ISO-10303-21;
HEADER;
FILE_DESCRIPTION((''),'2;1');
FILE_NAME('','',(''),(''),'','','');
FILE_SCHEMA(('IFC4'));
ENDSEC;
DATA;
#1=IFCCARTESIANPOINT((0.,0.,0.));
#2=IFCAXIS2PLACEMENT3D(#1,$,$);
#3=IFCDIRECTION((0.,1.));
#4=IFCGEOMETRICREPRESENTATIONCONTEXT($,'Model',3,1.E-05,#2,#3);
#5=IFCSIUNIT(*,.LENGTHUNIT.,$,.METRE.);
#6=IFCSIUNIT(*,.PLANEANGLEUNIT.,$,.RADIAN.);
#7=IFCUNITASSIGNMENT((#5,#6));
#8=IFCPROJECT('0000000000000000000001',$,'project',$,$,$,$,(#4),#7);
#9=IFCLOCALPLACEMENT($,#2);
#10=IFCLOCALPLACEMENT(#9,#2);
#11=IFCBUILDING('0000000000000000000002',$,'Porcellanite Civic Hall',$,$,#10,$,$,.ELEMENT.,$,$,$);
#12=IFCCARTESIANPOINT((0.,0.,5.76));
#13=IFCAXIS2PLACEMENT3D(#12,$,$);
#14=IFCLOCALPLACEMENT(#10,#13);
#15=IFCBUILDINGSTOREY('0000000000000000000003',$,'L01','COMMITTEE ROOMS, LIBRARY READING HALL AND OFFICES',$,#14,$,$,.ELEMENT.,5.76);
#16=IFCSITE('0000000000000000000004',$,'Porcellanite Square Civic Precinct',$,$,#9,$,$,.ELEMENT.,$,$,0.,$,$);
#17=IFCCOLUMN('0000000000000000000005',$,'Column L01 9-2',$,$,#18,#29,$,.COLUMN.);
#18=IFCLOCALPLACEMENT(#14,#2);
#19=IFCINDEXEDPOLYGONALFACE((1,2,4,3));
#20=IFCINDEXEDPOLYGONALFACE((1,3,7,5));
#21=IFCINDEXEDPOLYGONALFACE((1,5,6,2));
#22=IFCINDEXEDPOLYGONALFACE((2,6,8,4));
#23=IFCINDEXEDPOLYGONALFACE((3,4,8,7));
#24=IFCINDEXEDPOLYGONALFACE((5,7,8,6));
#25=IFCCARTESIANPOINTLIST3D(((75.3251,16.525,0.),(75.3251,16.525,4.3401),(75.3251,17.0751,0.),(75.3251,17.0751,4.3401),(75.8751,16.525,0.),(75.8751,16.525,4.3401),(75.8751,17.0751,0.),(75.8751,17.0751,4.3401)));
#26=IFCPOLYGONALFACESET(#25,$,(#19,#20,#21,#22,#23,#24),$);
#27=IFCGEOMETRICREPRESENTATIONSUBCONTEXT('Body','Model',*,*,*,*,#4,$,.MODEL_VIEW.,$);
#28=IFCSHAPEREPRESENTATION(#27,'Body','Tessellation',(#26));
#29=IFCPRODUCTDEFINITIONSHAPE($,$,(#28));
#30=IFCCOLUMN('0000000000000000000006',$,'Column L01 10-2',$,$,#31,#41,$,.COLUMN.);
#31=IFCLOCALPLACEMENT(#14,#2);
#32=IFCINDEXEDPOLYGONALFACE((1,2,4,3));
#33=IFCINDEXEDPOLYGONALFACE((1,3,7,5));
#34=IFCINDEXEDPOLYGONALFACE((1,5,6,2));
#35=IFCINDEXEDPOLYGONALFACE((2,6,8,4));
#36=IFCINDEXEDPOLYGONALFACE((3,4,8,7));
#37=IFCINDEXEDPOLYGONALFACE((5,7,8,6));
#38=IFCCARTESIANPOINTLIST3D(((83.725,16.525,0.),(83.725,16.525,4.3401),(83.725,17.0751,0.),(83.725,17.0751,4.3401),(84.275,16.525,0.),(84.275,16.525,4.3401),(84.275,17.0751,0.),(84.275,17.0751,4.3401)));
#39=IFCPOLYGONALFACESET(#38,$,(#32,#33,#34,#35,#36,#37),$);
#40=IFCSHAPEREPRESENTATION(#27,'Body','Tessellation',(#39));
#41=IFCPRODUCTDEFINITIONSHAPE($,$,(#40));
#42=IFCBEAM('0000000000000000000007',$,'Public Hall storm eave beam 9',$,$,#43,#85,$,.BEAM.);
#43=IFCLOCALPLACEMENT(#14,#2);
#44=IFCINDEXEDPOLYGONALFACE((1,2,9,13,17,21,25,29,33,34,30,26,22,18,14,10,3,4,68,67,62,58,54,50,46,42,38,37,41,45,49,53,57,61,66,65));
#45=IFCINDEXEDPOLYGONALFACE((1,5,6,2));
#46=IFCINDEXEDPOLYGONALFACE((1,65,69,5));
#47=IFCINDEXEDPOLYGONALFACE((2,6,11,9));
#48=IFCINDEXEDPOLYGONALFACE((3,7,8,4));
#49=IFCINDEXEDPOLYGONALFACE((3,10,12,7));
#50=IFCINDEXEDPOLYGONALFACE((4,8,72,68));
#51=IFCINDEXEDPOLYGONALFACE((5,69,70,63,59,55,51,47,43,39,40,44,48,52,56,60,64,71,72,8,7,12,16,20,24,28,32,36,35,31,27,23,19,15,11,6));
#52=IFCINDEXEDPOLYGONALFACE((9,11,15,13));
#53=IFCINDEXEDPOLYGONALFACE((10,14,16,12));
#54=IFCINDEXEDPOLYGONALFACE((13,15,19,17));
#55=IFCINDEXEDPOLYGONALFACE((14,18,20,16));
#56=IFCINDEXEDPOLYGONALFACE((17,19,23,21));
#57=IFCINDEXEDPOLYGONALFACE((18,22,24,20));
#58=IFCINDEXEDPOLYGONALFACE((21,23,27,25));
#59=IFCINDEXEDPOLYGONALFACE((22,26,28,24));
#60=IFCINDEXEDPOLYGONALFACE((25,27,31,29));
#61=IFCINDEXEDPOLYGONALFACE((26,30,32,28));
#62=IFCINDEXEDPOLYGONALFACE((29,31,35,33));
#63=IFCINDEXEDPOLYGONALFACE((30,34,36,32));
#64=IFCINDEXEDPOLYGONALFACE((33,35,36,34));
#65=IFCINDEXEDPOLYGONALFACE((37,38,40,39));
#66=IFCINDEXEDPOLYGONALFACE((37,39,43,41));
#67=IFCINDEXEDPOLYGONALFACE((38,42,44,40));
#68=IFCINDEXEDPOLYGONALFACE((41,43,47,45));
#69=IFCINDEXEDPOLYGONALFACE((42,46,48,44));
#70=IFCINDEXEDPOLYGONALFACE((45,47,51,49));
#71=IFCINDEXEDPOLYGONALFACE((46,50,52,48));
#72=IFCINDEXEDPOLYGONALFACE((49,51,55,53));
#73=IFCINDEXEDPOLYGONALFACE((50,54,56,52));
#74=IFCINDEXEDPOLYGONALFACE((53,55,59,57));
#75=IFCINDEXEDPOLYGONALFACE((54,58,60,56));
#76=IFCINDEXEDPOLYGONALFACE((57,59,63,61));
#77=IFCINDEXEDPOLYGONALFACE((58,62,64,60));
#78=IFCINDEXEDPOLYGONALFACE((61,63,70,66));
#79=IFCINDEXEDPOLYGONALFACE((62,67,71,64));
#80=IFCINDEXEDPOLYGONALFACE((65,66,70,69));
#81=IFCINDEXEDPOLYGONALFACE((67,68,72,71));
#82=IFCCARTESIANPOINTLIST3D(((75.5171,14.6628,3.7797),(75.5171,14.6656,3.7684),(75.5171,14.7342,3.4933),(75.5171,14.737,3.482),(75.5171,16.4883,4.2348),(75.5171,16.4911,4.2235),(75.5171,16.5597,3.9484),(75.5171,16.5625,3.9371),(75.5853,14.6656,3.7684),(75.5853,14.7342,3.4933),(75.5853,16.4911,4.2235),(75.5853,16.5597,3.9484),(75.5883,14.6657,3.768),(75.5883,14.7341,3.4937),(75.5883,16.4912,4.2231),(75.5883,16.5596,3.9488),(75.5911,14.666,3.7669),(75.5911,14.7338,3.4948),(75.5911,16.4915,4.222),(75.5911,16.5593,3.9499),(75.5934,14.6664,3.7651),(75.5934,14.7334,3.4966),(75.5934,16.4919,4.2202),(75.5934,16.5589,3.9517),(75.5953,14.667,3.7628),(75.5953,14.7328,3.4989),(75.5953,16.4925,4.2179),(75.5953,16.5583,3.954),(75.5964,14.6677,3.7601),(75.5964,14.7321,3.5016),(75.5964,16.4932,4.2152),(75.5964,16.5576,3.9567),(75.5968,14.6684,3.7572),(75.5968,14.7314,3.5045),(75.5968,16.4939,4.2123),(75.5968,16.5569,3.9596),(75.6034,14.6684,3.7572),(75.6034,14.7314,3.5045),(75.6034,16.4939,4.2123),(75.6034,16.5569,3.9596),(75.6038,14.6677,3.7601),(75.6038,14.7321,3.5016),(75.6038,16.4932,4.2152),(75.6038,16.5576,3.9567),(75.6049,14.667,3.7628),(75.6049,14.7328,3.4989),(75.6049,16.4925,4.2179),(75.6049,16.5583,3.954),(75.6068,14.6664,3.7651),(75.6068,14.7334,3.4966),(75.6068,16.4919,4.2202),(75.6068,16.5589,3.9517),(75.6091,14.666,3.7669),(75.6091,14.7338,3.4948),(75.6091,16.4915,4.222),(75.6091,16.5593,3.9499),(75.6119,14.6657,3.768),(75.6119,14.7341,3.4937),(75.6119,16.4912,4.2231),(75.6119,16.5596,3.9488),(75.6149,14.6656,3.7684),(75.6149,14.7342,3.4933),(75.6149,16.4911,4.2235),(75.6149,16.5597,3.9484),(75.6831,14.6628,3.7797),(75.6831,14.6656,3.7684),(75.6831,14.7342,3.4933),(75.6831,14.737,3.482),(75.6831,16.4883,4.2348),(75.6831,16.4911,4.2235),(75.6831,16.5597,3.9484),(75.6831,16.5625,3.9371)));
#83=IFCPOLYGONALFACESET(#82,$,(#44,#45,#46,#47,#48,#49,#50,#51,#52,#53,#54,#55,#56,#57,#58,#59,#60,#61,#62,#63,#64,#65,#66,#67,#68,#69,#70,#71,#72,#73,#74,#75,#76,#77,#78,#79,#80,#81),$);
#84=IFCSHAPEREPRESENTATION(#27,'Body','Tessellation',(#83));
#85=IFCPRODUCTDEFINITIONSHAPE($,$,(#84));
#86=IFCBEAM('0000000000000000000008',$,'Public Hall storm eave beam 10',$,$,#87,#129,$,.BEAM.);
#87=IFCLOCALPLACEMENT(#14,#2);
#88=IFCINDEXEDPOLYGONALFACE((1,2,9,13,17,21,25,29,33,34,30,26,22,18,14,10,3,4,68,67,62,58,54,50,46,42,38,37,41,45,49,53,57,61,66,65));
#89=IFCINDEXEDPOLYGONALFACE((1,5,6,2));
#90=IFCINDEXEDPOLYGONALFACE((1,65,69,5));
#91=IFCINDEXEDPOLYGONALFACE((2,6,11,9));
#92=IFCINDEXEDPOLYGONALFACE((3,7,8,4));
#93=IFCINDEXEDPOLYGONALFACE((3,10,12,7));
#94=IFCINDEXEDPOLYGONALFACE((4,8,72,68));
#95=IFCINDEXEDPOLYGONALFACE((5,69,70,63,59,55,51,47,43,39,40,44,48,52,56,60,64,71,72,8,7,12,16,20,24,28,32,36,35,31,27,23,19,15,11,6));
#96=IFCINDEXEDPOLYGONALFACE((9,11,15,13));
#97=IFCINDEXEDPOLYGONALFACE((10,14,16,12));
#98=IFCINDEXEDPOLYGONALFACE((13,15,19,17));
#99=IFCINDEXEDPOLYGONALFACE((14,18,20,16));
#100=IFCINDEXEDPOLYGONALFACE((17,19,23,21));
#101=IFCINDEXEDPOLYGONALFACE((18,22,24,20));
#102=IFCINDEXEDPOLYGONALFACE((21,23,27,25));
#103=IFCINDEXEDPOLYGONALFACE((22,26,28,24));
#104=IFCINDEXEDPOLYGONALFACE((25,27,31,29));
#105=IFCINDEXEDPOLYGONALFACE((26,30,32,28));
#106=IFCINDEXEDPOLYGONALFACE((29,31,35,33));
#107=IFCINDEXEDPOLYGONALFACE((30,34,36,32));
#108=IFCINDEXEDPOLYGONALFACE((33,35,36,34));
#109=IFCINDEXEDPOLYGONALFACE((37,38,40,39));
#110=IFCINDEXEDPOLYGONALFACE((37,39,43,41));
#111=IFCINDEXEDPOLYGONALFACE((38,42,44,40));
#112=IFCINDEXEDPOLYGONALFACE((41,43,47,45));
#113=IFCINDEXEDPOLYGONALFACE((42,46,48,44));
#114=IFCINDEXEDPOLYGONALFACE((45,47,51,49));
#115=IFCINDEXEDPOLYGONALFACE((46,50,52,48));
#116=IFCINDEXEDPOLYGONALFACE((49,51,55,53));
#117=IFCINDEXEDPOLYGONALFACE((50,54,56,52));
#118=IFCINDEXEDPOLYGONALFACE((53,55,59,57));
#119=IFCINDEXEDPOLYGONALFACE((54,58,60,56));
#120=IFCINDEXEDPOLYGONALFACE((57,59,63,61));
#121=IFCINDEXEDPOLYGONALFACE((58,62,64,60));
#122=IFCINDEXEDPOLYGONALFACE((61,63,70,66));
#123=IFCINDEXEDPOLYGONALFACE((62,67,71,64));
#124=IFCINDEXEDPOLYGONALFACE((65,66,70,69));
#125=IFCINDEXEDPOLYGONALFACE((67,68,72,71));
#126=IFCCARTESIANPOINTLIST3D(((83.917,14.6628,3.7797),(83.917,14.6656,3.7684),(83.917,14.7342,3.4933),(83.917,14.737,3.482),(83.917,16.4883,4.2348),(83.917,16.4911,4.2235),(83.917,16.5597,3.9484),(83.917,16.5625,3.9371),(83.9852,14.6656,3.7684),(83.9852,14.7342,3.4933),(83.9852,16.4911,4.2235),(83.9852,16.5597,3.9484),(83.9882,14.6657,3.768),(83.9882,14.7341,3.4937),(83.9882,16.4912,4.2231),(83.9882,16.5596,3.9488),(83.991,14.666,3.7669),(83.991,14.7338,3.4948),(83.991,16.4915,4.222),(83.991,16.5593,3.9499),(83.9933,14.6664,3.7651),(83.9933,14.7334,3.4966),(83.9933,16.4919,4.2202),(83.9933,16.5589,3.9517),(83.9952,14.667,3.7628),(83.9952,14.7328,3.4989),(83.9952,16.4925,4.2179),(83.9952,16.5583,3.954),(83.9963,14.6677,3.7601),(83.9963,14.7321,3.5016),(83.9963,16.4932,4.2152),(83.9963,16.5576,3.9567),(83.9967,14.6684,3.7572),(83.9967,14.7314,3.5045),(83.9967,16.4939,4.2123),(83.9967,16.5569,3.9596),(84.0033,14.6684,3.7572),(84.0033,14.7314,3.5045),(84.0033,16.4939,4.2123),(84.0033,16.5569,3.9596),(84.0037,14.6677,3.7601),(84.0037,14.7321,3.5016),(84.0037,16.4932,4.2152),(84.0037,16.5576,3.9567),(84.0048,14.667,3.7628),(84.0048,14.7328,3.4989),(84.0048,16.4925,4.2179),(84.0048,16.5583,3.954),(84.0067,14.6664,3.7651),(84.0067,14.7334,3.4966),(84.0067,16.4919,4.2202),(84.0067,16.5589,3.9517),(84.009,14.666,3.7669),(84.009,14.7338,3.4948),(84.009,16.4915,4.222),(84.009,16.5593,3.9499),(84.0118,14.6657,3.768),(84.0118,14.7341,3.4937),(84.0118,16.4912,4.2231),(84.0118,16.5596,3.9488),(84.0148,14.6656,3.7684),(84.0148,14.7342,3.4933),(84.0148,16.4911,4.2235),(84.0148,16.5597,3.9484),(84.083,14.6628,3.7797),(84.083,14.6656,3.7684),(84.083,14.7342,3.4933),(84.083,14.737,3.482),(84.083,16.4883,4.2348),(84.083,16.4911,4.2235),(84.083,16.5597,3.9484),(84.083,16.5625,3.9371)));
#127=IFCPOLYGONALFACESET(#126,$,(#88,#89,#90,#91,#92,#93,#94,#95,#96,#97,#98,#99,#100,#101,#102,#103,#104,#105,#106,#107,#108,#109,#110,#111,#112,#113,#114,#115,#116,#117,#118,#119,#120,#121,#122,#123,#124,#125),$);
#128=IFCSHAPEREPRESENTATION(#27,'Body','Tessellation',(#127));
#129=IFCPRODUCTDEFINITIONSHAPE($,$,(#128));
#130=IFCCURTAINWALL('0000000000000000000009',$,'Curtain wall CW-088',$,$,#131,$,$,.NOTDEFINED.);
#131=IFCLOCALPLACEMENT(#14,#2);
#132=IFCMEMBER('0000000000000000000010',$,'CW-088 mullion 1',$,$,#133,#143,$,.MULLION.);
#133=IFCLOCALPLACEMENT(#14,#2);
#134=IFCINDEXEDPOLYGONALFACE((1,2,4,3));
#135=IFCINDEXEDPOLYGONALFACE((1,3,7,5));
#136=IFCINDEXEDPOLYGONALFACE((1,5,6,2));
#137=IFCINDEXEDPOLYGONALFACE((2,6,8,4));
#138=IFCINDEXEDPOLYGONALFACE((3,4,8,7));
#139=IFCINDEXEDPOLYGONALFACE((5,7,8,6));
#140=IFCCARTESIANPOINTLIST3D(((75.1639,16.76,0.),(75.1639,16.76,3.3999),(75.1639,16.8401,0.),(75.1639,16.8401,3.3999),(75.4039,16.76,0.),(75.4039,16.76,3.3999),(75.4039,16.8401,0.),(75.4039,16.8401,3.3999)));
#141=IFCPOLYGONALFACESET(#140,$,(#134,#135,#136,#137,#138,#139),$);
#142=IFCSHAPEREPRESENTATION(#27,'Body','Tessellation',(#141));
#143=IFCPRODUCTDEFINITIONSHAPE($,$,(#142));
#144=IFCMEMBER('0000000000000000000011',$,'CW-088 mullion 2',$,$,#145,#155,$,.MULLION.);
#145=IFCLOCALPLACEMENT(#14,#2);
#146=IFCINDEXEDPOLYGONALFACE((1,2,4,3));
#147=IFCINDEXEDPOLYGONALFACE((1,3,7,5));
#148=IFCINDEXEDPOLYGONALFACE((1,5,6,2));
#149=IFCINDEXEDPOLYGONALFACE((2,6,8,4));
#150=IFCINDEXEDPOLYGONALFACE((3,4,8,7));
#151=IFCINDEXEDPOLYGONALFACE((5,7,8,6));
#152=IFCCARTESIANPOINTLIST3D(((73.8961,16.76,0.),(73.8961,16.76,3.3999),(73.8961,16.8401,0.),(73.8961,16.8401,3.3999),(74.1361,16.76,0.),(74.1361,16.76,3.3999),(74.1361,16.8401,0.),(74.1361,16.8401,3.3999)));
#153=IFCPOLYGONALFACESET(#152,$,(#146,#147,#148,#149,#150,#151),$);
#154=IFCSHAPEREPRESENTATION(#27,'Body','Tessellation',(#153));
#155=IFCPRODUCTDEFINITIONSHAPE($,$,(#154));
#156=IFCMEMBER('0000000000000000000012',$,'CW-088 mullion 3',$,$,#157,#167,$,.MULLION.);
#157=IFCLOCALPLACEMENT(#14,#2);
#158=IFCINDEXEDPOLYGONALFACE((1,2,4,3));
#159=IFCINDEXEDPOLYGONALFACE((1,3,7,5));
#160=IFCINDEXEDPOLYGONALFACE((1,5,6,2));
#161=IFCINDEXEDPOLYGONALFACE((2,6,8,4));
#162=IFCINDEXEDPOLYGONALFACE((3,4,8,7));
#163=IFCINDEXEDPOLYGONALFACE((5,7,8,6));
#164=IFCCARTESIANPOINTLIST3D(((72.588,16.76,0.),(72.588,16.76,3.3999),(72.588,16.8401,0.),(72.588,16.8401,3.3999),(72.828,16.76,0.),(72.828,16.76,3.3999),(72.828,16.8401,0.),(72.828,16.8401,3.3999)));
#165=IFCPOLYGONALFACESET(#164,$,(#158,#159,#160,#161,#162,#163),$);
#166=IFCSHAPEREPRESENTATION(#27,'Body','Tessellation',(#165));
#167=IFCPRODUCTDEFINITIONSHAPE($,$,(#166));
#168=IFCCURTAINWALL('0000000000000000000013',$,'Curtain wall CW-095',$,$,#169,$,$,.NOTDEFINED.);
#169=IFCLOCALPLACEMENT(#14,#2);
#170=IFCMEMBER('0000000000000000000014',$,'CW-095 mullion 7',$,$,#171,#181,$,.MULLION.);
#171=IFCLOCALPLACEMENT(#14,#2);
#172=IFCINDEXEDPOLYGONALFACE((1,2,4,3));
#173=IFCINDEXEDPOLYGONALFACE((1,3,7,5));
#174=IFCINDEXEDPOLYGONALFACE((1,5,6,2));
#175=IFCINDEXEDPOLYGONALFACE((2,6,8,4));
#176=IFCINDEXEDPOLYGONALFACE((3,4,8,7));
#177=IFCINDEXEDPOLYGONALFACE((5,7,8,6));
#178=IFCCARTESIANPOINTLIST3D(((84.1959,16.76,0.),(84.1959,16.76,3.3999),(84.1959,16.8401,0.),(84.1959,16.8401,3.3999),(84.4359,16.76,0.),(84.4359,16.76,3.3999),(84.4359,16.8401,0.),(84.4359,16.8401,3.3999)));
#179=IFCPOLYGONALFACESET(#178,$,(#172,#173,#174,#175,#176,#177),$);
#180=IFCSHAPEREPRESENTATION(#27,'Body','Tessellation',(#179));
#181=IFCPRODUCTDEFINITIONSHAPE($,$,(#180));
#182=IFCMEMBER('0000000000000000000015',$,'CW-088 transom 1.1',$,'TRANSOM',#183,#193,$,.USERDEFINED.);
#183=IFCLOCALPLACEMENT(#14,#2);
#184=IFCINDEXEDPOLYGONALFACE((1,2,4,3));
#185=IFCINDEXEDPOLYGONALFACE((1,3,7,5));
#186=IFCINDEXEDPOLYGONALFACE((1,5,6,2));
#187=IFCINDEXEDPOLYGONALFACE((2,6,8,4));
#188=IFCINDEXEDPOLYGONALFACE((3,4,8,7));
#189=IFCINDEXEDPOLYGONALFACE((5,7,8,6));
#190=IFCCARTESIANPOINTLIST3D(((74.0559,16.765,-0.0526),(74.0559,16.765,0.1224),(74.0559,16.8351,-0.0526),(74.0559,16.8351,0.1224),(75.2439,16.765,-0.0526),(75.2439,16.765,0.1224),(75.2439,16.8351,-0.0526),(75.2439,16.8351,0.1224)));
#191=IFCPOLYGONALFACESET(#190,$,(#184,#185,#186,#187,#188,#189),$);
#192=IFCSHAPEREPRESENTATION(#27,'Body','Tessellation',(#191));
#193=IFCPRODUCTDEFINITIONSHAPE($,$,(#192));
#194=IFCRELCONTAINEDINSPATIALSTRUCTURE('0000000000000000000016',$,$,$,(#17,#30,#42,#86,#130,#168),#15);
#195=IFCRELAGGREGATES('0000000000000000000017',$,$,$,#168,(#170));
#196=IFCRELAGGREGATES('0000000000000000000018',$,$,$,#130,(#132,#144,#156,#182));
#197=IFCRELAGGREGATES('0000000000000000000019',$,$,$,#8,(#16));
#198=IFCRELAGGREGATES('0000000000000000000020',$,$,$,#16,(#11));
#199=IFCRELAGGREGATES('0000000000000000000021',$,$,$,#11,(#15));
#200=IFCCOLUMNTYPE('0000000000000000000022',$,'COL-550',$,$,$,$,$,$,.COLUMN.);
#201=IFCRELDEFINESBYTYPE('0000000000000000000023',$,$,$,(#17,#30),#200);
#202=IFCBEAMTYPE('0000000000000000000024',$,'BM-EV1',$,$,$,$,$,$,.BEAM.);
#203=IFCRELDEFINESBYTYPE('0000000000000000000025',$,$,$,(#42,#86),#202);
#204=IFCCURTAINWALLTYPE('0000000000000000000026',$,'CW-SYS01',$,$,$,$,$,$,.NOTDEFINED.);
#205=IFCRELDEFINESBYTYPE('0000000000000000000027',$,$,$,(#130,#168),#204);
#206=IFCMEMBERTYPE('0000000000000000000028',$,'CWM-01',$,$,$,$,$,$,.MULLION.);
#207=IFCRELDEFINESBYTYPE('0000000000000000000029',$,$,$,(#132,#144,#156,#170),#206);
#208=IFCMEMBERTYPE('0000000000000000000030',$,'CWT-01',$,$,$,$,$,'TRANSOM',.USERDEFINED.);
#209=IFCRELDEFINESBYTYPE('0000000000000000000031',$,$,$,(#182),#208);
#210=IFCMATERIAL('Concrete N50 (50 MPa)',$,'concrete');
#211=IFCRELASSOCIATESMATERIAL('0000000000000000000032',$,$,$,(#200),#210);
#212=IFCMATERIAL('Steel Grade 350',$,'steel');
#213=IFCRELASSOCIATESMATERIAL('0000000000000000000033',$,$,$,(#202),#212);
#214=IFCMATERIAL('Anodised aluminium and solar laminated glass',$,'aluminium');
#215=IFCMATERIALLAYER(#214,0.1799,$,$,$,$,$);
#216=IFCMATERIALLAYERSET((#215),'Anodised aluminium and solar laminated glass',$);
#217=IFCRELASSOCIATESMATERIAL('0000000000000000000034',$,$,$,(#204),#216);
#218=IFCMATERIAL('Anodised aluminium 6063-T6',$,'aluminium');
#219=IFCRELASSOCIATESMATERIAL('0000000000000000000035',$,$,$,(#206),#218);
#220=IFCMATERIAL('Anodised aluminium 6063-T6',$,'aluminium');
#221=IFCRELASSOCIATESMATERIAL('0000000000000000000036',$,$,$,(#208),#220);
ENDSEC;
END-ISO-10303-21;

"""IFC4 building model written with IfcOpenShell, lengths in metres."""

from ifc_helpers import new_model, si_unit, direction, frame, origin, origin_2d, place, context, subcontext, project, spatial, rectangle, i_section, extrude, material, layer, layer_set, material_profile, profile_set, type_object, element, aggregate, save


model = new_model("IFC4")

# Units and contexts
model_context = context("Model", 3, precision=1e-05, world=origin(), true_north=direction((0.0, 1.0)))
body_context = subcontext(model_context, "Body", "Model", "MODEL_VIEW")
ifc_project = project(units=[si_unit("LENGTHUNIT", "METRE"), si_unit("PLANEANGLEUNIT", "RADIAN")], contexts=[model_context])

# Site, building, storey
site_placement = place(None, origin())
site = spatial("IfcSite", under=ifc_project, at=site_placement, Name="Porcellanite Square Civic Precinct", CompositionType="ELEMENT", RefElevation=0.0)
building_placement = place(site_placement, origin())
building = spatial("IfcBuilding", under=site, at=building_placement, Name="Porcellanite Civic Hall", CompositionType="ELEMENT")
storey_placement = place(building_placement, frame((0.0, 0.0, 5.76)))
storey = spatial("IfcBuildingStorey", under=building, at=storey_placement, Name="L01", Description="COMMITTEE ROOMS, LIBRARY READING HALL AND OFFICES", CompositionType="ELEMENT", Elevation=5.76)

# Columns
ifc_material_1 = material(Name="Concrete N50 (50 MPa)", Category="concrete")
ifc_material_profile_1 = material_profile(ifc_material_1, rectangle(XDim=0.55, YDim=0.55, at=origin_2d()), Name="RC-550x550")
ifc_profile_set_1 = profile_set([ifc_material_profile_1], Name="Concrete N50 (50 MPa)")
column_type = type_object("IfcColumnType", Name="COL-550", PredefinedType="COLUMN", material=ifc_profile_set_1)
for number, where, z_axis, x_axis, name in (
    (1, (75.6001, 16.8, 0.0), (0.0, 0.0, 1.0), (1.0, 0.0, 0.0), "Column L01 9-2"),
    (2, (84.0, 16.8, 0.0), (0.0, 0.0, 1.0), (1.0, 0.0, 0.0), "Column L01 10-2"),
):
    element("IfcColumn", number, at=place(storey_placement, frame(where, z_axis=z_axis, x_axis=x_axis)), inside=storey, type_object=column_type, Name=name, PredefinedType="COLUMN", context=body_context, shape_type="SweptSolid", body=[
        extrude(rectangle(XDim=0.55, YDim=0.55, at=origin_2d()), origin(), (0.0, 0.0, 1.0), 4.3401),
    ])

# Beams
ifc_material_2 = material(Name="Steel Grade 350", Category="steel")
ifc_material_profile_2 = material_profile(ifc_material_2, i_section(OverallWidth=0.166, OverallDepth=0.3069, WebThickness=0.0066, FlangeThickness=0.0117, FilletRadius=0.0115, at=origin_2d()), Name="310UB46.2")
ifc_profile_set_2 = profile_set([ifc_material_profile_2], Name="Steel Grade 350")
beam_type_1 = type_object("IfcBeamType", Name="BM-EV1", PredefinedType="BEAM", material=ifc_profile_set_2)
for number, where, z_axis, x_axis, name in (
    (3, (75.6001, 16.5254, 4.0859), (0.0, -0.970303, -0.241894), (1.0, 0.0, 0.0), "Public Hall storm eave beam 9"),
    (4, (84.0, 16.5254, 4.0859), (0.0, -0.970303, -0.241894), (1.0, 0.0, 0.0), "Public Hall storm eave beam 10"),
):
    element("IfcBeam", number, at=place(storey_placement, frame(where, z_axis=z_axis, x_axis=x_axis)), inside=storey, type_object=beam_type_1, Name=name, PredefinedType="BEAM", context=body_context, shape_type="SweptSolid", body=[
        extrude(i_section(OverallWidth=0.166, OverallDepth=0.3069, WebThickness=0.0066, FlangeThickness=0.0117, FilletRadius=0.0115, at=origin_2d()), origin(), (0.0, 0.0, 1.0), 1.8813),
    ])

# Curtain wall, members
ifc_material_3 = material(Name="Anodised aluminium and solar laminated glass", Category="aluminium")
ifc_layer_1 = layer(ifc_material_3, 0.1799)
ifc_layer_set_1 = layer_set([ifc_layer_1], Name="Anodised aluminium and solar laminated glass")
curtain_wall_type = type_object("IfcCurtainWallType", Name="CW-SYS01", PredefinedType="NOTDEFINED", material=ifc_layer_set_1)
curtain_wall_1_placement = place(storey_placement, origin())
curtain_wall_1 = element("IfcCurtainWall", 5, at=curtain_wall_1_placement, inside=storey, type_object=curtain_wall_type, Name="Curtain wall CW-088", PredefinedType="NOTDEFINED")
ifc_material_4 = material(Name="Anodised aluminium 6063-T6", Category="aluminium")
ifc_material_profile_3 = material_profile(ifc_material_4, rectangle(XDim=0.0801, YDim=0.24, at=origin_2d()), Name="AL-80x240")
ifc_profile_set_3 = profile_set([ifc_material_profile_3], Name="Anodised aluminium 6063-T6")
member_type_1 = type_object("IfcMemberType", Name="CWM-01", PredefinedType="MULLION", material=ifc_profile_set_3)
member_1_placement = place(storey_placement, frame((75.2839, 16.8, 0.0), z_axis=(0.0, 0.0, 1.0), x_axis=(0.0, -1.0, 0.0)))
member_1 = element("IfcMember", 6, at=member_1_placement, type_object=member_type_1, Name="CW-088 mullion 1", PredefinedType="MULLION", context=body_context, shape_type="SweptSolid", body=[
    extrude(rectangle(XDim=0.0801, YDim=0.24, at=origin_2d()), origin(), (0.0, 0.0, 1.0), 3.3999),
])
member_2_placement = place(storey_placement, frame((74.0161, 16.8, 0.0), z_axis=(0.0, 0.0, 1.0), x_axis=(0.0, -1.0, 0.0)))
member_2 = element("IfcMember", 7, at=member_2_placement, type_object=member_type_1, Name="CW-088 mullion 2", PredefinedType="MULLION", context=body_context, shape_type="SweptSolid", body=[
    extrude(rectangle(XDim=0.0801, YDim=0.24, at=origin_2d()), origin(), (0.0, 0.0, 1.0), 3.3999),
])
member_3_placement = place(storey_placement, frame((72.708, 16.8, 0.0), z_axis=(0.0, 0.0, 1.0), x_axis=(0.0, -1.0, 0.0)))
member_3 = element("IfcMember", 8, at=member_3_placement, type_object=member_type_1, Name="CW-088 mullion 3", PredefinedType="MULLION", context=body_context, shape_type="SweptSolid", body=[
    extrude(rectangle(XDim=0.0801, YDim=0.24, at=origin_2d()), origin(), (0.0, 0.0, 1.0), 3.3999),
])

# Curtain wall, member
curtain_wall_2_placement = place(storey_placement, origin())
curtain_wall_2 = element("IfcCurtainWall", 9, at=curtain_wall_2_placement, inside=storey, type_object=curtain_wall_type, Name="Curtain wall CW-095", PredefinedType="NOTDEFINED")
member_4_placement = place(storey_placement, frame((84.3159, 16.8, 0.0), z_axis=(0.0, 0.0, 1.0), x_axis=(0.0, -1.0, 0.0)))
member_4 = element("IfcMember", 10, at=member_4_placement, type_object=member_type_1, Name="CW-095 mullion 7", PredefinedType="MULLION", context=body_context, shape_type="SweptSolid", body=[
    extrude(rectangle(XDim=0.0801, YDim=0.24, at=origin_2d()), origin(), (0.0, 0.0, 1.0), 3.3999),
])
aggregate(curtain_wall_2, [member_4])

# Member
ifc_material_5 = material(Name="Anodised aluminium 6063-T6", Category="aluminium")
ifc_material_profile_4 = material_profile(ifc_material_5, rectangle(XDim=0.0701, YDim=0.175, at=origin_2d()), Name="AL-70x175")
ifc_profile_set_4 = profile_set([ifc_material_profile_4], Name="Anodised aluminium 6063-T6")
member_type_2 = type_object("IfcMemberType", Name="CWT-01", ElementType="TRANSOM", PredefinedType="USERDEFINED", material=ifc_profile_set_4)
member_5_placement = place(storey_placement, frame((75.2439, 16.8, 0.0349), z_axis=(-1.0, 0.0, 0.0), x_axis=(0.0, -1.0, 0.0)))
member_5 = element("IfcMember", 11, at=member_5_placement, type_object=member_type_2, Name="CW-088 transom 1.1", ObjectType="TRANSOM", PredefinedType="USERDEFINED", context=body_context, shape_type="SweptSolid", body=[
    extrude(rectangle(XDim=0.0701, YDim=0.175, at=origin_2d()), origin(), (0.0, 0.0, 1.0), 1.188),
])

aggregate(curtain_wall_1, [member_1, member_2, member_3, member_5])

save(model, "model.ifc")
